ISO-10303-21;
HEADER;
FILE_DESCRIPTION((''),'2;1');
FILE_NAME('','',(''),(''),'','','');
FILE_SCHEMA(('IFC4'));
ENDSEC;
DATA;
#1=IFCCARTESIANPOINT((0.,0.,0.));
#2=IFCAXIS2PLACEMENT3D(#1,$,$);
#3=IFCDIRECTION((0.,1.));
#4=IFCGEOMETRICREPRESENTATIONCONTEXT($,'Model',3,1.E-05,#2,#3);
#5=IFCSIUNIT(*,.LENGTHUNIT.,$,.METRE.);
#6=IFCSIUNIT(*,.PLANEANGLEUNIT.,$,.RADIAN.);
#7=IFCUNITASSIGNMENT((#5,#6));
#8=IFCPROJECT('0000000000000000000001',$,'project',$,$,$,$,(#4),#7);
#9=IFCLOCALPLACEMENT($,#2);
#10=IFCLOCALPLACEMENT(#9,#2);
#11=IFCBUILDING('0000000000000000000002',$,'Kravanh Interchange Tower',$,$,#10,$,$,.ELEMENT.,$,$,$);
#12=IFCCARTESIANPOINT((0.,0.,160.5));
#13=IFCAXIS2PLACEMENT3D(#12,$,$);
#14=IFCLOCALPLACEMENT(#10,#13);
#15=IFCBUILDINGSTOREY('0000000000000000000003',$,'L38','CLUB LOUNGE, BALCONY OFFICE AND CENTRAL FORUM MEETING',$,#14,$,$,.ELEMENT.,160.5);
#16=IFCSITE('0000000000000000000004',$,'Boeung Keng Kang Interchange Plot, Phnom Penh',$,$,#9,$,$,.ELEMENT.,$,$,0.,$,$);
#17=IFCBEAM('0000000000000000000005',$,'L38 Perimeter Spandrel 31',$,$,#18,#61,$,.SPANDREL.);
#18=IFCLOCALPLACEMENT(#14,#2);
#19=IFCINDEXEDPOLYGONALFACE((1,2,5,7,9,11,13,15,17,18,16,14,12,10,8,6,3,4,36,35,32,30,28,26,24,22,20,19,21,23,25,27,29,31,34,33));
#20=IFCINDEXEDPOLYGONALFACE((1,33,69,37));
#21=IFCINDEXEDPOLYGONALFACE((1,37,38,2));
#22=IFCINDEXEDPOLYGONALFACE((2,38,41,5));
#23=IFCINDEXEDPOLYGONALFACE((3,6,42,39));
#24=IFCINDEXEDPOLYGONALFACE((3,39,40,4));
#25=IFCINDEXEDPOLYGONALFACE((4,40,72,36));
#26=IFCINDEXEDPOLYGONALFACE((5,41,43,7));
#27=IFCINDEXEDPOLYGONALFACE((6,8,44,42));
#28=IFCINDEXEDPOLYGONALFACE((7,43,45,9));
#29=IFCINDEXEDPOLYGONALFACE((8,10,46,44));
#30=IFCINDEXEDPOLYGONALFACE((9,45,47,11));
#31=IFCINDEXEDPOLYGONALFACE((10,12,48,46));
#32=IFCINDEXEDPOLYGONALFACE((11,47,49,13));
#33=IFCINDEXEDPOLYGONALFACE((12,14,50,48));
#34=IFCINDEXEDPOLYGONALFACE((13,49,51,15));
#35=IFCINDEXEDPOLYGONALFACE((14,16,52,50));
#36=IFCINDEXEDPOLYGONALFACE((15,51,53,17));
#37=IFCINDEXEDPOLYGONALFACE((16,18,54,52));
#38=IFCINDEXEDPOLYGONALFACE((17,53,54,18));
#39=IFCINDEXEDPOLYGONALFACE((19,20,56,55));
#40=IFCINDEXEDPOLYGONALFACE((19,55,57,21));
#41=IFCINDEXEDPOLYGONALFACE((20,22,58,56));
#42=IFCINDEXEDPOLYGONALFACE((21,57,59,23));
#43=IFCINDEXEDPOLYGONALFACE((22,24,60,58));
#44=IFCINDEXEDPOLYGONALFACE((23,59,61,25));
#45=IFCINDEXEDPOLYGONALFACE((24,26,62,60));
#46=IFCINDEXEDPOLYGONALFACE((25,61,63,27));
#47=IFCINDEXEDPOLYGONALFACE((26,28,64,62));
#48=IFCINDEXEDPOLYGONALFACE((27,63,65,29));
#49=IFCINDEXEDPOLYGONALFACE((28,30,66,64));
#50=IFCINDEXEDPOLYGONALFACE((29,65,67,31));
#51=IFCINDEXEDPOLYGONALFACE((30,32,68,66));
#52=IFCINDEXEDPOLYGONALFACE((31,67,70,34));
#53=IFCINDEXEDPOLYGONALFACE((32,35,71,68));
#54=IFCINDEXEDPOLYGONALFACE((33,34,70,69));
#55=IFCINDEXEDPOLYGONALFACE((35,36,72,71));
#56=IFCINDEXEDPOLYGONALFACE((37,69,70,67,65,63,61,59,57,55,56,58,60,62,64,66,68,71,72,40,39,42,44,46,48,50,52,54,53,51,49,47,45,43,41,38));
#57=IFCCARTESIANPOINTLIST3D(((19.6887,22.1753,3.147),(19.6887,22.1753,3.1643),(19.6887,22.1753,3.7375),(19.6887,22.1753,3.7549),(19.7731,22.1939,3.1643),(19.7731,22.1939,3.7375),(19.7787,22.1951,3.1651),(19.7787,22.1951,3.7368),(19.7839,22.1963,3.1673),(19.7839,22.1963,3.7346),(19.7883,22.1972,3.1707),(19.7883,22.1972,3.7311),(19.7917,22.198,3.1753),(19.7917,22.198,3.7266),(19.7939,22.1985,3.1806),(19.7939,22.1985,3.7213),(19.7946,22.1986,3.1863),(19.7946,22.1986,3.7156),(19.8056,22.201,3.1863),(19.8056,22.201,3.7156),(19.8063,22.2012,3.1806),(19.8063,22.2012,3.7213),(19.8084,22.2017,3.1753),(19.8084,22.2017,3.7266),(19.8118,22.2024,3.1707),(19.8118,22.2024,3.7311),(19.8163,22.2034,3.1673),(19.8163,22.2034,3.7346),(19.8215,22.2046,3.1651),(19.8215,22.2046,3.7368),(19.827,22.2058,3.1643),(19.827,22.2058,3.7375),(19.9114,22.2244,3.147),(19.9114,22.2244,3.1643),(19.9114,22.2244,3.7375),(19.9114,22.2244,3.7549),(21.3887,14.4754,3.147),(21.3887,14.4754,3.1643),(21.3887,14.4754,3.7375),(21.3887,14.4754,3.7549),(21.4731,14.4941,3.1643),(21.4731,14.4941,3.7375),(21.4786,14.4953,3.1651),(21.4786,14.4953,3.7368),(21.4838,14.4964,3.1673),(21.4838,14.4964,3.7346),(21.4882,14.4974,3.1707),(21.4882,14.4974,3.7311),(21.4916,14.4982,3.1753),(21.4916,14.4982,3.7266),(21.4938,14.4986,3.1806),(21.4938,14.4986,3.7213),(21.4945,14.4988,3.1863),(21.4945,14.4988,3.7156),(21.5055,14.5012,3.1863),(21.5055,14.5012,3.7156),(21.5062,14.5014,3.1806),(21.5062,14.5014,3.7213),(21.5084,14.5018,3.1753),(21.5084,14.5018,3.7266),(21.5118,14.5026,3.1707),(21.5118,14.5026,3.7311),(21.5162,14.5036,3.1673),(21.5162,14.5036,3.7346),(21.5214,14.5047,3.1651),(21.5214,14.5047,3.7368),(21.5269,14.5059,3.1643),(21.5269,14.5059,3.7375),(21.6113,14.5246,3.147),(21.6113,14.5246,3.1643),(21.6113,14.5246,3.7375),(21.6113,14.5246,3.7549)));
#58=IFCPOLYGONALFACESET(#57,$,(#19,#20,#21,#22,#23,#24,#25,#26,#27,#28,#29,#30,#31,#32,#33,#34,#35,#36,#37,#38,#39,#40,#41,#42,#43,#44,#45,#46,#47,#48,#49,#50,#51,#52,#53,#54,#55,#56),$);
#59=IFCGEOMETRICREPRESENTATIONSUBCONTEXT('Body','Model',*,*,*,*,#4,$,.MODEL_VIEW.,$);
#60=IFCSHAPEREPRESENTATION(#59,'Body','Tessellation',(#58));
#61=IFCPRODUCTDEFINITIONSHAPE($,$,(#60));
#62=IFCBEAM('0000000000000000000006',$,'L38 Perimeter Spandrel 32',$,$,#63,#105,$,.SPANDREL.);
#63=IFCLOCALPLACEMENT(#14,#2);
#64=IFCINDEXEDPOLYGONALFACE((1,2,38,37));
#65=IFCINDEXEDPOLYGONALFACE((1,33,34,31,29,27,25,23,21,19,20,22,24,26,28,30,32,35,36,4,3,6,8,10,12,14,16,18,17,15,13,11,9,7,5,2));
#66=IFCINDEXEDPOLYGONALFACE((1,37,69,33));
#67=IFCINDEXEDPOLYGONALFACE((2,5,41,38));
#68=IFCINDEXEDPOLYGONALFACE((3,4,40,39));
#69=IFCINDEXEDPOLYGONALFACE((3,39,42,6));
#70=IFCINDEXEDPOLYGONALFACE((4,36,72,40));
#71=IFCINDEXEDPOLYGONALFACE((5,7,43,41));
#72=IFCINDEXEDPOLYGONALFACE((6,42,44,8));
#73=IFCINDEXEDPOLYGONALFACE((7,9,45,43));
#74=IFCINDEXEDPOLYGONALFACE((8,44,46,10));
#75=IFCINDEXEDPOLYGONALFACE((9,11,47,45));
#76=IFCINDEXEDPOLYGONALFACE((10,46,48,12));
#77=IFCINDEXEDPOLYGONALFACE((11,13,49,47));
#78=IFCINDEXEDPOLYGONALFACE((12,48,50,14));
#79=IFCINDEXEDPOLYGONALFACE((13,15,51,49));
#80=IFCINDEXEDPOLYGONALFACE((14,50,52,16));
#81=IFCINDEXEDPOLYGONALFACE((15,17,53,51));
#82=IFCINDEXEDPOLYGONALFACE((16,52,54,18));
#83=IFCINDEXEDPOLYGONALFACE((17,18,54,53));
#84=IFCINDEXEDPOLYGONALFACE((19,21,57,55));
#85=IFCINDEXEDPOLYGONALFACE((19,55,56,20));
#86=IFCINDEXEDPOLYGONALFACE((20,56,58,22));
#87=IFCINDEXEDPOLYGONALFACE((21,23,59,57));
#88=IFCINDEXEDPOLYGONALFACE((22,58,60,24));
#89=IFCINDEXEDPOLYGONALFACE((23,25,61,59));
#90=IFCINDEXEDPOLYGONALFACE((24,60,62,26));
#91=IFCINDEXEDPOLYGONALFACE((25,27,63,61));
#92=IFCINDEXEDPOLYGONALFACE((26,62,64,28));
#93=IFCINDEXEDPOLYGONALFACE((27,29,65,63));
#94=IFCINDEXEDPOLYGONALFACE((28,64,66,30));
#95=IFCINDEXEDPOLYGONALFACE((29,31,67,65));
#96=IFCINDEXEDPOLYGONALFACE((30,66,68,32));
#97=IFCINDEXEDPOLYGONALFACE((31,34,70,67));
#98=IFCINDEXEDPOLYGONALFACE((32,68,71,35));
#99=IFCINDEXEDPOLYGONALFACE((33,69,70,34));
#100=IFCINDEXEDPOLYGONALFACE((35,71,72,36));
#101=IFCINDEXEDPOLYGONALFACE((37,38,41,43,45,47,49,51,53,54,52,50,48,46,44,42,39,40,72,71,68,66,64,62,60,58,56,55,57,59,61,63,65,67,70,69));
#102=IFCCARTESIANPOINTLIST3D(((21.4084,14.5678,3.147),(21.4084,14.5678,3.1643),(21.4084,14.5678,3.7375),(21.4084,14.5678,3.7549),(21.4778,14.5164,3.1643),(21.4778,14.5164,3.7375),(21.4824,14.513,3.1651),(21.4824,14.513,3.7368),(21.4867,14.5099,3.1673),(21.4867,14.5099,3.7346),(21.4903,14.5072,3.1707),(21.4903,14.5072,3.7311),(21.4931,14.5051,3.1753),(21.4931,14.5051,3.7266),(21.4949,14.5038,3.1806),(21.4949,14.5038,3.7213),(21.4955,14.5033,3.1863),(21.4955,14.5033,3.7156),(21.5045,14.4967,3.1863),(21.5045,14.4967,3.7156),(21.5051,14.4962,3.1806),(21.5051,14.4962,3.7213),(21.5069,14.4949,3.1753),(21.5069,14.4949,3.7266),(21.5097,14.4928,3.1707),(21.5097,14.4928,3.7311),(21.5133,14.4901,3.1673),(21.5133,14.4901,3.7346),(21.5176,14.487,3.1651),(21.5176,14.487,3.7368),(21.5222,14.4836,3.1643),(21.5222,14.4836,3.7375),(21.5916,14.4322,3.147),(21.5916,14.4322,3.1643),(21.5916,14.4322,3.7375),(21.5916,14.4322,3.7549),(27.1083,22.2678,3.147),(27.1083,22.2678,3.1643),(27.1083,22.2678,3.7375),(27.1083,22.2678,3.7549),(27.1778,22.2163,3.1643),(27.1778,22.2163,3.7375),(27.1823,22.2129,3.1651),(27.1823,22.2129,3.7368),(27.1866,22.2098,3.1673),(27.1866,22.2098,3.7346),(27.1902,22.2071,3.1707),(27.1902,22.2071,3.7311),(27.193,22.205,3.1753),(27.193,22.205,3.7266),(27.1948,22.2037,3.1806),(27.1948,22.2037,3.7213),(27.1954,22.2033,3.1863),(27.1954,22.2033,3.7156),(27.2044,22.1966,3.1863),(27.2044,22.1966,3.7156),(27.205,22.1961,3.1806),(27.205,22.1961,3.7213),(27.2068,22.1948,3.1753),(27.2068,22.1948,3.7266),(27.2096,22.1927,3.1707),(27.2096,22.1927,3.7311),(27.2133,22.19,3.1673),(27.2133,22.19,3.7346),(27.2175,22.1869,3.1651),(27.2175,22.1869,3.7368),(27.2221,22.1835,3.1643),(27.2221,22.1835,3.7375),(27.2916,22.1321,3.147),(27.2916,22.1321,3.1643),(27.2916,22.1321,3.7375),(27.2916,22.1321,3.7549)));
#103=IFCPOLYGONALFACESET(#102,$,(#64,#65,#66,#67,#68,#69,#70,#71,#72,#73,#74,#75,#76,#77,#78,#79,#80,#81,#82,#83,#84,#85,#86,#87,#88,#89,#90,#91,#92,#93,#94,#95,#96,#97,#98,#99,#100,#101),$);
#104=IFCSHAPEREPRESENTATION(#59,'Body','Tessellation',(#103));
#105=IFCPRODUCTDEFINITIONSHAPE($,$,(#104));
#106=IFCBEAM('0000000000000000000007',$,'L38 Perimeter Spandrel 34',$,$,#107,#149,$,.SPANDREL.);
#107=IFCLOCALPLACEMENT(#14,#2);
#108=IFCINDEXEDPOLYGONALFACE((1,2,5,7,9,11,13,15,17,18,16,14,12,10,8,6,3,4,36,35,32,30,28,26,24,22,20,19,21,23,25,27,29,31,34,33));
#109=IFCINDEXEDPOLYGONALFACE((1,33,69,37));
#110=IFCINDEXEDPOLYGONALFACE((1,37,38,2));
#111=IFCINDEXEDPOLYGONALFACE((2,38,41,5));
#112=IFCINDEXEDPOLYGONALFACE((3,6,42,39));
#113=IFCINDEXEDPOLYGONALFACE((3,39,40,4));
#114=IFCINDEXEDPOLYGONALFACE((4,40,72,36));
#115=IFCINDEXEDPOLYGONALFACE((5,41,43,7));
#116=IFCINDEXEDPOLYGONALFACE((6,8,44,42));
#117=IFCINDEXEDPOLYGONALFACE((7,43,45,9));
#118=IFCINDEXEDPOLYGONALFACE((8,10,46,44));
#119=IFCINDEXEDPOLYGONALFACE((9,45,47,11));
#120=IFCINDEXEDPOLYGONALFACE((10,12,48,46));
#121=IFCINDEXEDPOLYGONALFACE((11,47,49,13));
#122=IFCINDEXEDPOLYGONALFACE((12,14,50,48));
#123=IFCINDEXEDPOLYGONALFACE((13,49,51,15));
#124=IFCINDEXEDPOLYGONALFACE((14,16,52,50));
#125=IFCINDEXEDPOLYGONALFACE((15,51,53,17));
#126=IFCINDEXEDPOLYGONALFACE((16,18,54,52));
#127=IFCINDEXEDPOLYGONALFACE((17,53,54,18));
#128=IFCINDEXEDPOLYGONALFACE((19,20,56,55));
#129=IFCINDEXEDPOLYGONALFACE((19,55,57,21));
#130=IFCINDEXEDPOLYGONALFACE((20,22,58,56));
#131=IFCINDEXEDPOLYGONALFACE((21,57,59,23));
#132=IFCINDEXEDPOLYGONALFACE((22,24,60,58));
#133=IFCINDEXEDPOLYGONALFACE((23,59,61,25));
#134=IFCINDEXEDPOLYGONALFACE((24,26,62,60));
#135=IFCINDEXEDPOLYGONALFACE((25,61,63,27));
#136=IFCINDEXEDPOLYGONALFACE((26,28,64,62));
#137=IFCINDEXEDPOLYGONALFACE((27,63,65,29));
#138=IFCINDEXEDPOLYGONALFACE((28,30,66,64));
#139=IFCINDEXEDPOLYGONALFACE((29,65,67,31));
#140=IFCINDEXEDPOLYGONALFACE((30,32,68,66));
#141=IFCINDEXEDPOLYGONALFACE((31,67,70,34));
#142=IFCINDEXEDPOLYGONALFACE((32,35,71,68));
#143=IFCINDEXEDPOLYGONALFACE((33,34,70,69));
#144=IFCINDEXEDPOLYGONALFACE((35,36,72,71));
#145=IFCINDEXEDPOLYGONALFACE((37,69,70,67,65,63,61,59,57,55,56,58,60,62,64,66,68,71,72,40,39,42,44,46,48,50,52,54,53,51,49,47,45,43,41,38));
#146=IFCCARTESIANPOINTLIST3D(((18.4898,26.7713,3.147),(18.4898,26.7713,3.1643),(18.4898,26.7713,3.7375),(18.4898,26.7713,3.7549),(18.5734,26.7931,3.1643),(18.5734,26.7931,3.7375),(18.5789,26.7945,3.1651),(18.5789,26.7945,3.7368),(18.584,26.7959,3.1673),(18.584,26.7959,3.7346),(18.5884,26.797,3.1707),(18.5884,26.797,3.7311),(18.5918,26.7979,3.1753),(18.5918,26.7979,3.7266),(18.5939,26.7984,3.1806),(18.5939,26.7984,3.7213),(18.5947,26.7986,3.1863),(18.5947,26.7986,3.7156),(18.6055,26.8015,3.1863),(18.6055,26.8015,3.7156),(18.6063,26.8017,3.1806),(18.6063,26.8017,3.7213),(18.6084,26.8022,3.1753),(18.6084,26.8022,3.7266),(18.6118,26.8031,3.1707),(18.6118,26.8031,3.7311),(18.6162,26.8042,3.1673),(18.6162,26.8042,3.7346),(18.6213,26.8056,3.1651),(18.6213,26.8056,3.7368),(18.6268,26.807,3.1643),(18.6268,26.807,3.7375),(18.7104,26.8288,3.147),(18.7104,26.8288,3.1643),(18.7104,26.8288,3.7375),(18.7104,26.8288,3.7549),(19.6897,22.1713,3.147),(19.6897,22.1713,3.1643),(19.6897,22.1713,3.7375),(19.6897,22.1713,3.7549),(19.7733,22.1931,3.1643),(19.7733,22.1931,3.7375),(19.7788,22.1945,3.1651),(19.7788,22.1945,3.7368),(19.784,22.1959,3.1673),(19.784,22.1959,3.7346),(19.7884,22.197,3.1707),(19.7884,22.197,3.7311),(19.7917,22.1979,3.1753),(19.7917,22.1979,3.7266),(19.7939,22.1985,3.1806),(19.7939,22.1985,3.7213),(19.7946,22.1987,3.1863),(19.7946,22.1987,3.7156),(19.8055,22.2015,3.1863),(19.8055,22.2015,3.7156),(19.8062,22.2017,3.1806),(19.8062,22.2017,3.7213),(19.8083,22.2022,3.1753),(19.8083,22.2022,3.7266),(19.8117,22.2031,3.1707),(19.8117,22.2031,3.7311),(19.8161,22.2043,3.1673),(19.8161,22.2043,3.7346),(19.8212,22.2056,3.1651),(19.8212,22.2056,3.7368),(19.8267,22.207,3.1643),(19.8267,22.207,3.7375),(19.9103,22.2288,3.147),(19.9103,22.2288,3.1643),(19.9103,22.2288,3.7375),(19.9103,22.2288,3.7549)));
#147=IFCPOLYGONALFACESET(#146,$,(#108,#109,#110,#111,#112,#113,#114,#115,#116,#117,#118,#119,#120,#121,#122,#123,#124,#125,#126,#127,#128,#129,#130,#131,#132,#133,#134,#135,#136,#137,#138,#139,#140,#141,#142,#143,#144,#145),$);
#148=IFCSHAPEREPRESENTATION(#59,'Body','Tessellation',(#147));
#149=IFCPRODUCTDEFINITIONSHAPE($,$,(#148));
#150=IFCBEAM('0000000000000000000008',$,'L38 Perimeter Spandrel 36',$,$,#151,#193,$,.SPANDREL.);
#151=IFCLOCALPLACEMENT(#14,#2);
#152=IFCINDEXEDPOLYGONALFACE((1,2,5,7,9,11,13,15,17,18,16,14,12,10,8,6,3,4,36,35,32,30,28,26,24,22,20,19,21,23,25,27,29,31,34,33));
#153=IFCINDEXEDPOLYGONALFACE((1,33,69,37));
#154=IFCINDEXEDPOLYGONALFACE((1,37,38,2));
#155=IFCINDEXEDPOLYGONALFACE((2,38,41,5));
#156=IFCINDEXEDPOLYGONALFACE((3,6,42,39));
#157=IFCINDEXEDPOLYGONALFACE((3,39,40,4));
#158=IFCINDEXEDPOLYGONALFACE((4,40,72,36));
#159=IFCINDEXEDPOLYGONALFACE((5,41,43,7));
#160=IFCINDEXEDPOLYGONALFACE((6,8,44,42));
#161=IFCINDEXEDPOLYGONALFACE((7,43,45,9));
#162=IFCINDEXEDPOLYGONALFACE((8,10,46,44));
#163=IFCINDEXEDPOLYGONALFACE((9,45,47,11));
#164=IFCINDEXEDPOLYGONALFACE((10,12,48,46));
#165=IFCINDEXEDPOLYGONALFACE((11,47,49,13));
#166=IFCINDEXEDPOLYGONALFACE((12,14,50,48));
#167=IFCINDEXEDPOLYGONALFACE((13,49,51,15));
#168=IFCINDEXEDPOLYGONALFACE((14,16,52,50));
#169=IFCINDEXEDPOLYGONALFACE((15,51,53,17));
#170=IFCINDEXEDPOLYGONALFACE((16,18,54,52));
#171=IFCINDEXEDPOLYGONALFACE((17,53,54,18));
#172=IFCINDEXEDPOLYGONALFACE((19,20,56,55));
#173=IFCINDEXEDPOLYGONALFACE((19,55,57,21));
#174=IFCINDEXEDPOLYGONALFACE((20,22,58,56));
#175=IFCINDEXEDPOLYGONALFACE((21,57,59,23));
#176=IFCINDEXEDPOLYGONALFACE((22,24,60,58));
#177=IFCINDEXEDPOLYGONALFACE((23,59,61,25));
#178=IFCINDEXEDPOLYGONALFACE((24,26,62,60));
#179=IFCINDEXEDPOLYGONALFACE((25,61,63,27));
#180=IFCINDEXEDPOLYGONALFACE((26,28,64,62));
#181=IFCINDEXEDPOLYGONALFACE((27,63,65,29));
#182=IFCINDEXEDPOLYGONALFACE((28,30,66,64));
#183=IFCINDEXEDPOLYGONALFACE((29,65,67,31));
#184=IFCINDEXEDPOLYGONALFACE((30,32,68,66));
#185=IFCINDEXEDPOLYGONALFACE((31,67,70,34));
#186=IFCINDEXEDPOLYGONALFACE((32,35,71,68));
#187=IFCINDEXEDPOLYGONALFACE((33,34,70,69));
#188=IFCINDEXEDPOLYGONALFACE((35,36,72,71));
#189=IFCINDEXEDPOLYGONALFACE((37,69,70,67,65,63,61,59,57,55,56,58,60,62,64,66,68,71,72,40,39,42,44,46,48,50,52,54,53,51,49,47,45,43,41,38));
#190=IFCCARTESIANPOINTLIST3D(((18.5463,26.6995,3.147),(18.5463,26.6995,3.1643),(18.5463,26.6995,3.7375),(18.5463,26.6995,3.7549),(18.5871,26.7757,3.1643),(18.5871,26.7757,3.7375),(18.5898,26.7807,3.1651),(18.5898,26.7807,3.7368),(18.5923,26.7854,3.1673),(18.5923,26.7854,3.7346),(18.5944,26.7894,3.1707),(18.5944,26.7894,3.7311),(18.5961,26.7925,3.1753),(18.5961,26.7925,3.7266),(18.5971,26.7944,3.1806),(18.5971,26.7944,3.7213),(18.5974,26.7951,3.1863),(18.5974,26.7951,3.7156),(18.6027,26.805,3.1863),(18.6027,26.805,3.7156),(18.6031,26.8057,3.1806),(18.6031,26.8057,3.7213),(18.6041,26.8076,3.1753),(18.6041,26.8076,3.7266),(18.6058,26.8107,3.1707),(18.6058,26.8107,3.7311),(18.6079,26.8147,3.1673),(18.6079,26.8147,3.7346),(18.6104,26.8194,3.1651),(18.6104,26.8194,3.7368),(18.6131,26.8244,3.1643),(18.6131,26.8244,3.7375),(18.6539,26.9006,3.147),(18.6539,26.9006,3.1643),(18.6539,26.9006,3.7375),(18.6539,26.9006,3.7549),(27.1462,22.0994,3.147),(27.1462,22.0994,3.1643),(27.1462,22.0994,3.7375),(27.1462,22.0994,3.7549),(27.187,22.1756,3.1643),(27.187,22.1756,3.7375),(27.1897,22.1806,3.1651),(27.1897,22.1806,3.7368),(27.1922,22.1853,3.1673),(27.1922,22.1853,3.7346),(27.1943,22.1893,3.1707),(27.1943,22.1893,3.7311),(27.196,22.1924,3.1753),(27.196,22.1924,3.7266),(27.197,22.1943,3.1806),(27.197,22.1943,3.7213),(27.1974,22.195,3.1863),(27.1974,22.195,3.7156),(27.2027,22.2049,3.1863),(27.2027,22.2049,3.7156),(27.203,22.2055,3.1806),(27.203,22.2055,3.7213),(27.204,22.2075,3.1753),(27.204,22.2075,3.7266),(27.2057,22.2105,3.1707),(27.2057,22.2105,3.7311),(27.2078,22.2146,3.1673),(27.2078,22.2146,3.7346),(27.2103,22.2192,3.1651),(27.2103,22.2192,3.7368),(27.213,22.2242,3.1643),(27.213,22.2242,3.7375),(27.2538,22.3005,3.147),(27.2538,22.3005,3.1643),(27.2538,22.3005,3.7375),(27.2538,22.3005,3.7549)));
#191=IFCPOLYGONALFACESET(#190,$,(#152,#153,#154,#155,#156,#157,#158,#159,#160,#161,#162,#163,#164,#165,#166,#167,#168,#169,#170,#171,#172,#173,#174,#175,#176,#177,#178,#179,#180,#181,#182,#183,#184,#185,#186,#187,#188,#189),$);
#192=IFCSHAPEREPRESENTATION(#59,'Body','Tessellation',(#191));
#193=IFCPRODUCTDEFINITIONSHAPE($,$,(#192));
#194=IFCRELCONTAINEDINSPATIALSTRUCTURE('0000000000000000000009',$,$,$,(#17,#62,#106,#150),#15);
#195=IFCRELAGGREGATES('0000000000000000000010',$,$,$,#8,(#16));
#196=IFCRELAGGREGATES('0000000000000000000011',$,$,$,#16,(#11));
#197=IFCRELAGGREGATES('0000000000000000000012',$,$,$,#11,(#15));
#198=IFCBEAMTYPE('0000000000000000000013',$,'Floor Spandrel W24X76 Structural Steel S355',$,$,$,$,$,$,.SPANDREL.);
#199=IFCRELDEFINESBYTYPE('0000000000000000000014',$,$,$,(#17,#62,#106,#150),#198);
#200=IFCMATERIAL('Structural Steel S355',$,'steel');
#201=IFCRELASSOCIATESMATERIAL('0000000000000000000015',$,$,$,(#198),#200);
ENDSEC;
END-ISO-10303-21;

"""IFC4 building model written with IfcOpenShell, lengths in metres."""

from ifc_helpers import new_model, si_unit, direction, frame, origin, origin_2d, place, context, subcontext, project, spatial, i_section, extrude, material, material_profile, profile_set, type_object, element, save


model = new_model("IFC4")

# Units and contexts
model_context = context("Model", 3, precision=1e-05, world=origin(), true_north=direction((0.0, 1.0)))
body_context = subcontext(model_context, "Body", "Model", "MODEL_VIEW")
ifc_project = project(units=[si_unit("LENGTHUNIT", "METRE"), si_unit("PLANEANGLEUNIT", "RADIAN")], contexts=[model_context])

# Site, building, storey
site_placement = place(None, origin())
site = spatial("IfcSite", under=ifc_project, at=site_placement, Name="Boeung Keng Kang Interchange Plot, Phnom Penh", CompositionType="ELEMENT", RefElevation=0.0)
building_placement = place(site_placement, origin())
building = spatial("IfcBuilding", under=site, at=building_placement, Name="Kravanh Interchange Tower", CompositionType="ELEMENT")
storey_placement = place(building_placement, frame((0.0, 0.0, 160.5)))
storey = spatial("IfcBuildingStorey", under=building, at=storey_placement, Name="L38", Description="CLUB LOUNGE, BALCONY OFFICE AND CENTRAL FORUM MEETING", CompositionType="ELEMENT", Elevation=160.5)

# Beams
ifc_material_1 = material(Name="Structural Steel S355", Category="steel")
ifc_material_profile_1 = material_profile(ifc_material_1, i_section(OverallWidth=0.228, OverallDepth=0.6079, WebThickness=0.0112, FlangeThickness=0.0173, FilletRadius=0.022, at=origin_2d()), Name="W24X76")
ifc_profile_set_1 = profile_set([ifc_material_profile_1], Name="Structural Steel S355")
beam_type_1 = type_object("IfcBeamType", Name="Floor Spandrel W24X76 Structural Steel S355", PredefinedType="SPANDREL", material=ifc_profile_set_1)
beam_1_placement = place(storey_placement, frame((21.5, 14.5, 3.4509), z_axis=(-0.215583, 0.976486, 0.0), x_axis=(-0.976486, -0.215583, 0.0)))
element("IfcBeam", 1, at=beam_1_placement, inside=storey, type_object=beam_type_1, Name="L38 Perimeter Spandrel 31", PredefinedType="SPANDREL", context=body_context, shape_type="SweptSolid", body=[
    extrude(i_section(OverallWidth=0.228, OverallDepth=0.6079, WebThickness=0.0112, FlangeThickness=0.0173, FilletRadius=0.022, at=origin_2d()), origin(), (0.0, 0.0, 1.0), 7.8853),
])
beam_2_placement = place(storey_placement, frame((21.5, 14.5, 3.4509), z_axis=(0.594977, 0.803743, 0.0), x_axis=(-0.803743, 0.594977, 0.0)))
element("IfcBeam", 2, at=beam_2_placement, inside=storey, type_object=beam_type_1, Name="L38 Perimeter Spandrel 32", PredefinedType="SPANDREL", context=body_context, shape_type="SweptSolid", body=[
    extrude(i_section(OverallWidth=0.228, OverallDepth=0.6079, WebThickness=0.0112, FlangeThickness=0.0173, FilletRadius=0.022, at=origin_2d()), origin(), (0.0, 0.0, 1.0), 9.5801),
])
beam_3_placement = place(storey_placement, frame((18.6001, 26.8, 3.4509), z_axis=(0.252407, -0.967621, 0.0), x_axis=(0.967621, 0.252407, 0.0)))
element("IfcBeam", 3, at=beam_3_placement, inside=storey, type_object=beam_type_1, Name="L38 Perimeter Spandrel 34", PredefinedType="SPANDREL", context=body_context, shape_type="SweptSolid", body=[
    extrude(i_section(OverallWidth=0.228, OverallDepth=0.6079, WebThickness=0.0112, FlangeThickness=0.0173, FilletRadius=0.022, at=origin_2d()), origin(), (0.0, 0.0, 1.0), 4.7539),
])
beam_4_placement = place(storey_placement, frame((18.6001, 26.8, 3.4509), z_axis=(0.881777, -0.471666, 0.0), x_axis=(0.471666, 0.881777, 0.0)))
element("IfcBeam", 4, at=beam_4_placement, inside=storey, type_object=beam_type_1, Name="L38 Perimeter Spandrel 36", PredefinedType="SPANDREL", context=body_context, shape_type="SweptSolid", body=[
    extrude(i_section(OverallWidth=0.228, OverallDepth=0.6079, WebThickness=0.0112, FlangeThickness=0.0173, FilletRadius=0.022, at=origin_2d()), origin(), (0.0, 0.0, 1.0), 9.7529),
])

save(model, "model.ifc")
